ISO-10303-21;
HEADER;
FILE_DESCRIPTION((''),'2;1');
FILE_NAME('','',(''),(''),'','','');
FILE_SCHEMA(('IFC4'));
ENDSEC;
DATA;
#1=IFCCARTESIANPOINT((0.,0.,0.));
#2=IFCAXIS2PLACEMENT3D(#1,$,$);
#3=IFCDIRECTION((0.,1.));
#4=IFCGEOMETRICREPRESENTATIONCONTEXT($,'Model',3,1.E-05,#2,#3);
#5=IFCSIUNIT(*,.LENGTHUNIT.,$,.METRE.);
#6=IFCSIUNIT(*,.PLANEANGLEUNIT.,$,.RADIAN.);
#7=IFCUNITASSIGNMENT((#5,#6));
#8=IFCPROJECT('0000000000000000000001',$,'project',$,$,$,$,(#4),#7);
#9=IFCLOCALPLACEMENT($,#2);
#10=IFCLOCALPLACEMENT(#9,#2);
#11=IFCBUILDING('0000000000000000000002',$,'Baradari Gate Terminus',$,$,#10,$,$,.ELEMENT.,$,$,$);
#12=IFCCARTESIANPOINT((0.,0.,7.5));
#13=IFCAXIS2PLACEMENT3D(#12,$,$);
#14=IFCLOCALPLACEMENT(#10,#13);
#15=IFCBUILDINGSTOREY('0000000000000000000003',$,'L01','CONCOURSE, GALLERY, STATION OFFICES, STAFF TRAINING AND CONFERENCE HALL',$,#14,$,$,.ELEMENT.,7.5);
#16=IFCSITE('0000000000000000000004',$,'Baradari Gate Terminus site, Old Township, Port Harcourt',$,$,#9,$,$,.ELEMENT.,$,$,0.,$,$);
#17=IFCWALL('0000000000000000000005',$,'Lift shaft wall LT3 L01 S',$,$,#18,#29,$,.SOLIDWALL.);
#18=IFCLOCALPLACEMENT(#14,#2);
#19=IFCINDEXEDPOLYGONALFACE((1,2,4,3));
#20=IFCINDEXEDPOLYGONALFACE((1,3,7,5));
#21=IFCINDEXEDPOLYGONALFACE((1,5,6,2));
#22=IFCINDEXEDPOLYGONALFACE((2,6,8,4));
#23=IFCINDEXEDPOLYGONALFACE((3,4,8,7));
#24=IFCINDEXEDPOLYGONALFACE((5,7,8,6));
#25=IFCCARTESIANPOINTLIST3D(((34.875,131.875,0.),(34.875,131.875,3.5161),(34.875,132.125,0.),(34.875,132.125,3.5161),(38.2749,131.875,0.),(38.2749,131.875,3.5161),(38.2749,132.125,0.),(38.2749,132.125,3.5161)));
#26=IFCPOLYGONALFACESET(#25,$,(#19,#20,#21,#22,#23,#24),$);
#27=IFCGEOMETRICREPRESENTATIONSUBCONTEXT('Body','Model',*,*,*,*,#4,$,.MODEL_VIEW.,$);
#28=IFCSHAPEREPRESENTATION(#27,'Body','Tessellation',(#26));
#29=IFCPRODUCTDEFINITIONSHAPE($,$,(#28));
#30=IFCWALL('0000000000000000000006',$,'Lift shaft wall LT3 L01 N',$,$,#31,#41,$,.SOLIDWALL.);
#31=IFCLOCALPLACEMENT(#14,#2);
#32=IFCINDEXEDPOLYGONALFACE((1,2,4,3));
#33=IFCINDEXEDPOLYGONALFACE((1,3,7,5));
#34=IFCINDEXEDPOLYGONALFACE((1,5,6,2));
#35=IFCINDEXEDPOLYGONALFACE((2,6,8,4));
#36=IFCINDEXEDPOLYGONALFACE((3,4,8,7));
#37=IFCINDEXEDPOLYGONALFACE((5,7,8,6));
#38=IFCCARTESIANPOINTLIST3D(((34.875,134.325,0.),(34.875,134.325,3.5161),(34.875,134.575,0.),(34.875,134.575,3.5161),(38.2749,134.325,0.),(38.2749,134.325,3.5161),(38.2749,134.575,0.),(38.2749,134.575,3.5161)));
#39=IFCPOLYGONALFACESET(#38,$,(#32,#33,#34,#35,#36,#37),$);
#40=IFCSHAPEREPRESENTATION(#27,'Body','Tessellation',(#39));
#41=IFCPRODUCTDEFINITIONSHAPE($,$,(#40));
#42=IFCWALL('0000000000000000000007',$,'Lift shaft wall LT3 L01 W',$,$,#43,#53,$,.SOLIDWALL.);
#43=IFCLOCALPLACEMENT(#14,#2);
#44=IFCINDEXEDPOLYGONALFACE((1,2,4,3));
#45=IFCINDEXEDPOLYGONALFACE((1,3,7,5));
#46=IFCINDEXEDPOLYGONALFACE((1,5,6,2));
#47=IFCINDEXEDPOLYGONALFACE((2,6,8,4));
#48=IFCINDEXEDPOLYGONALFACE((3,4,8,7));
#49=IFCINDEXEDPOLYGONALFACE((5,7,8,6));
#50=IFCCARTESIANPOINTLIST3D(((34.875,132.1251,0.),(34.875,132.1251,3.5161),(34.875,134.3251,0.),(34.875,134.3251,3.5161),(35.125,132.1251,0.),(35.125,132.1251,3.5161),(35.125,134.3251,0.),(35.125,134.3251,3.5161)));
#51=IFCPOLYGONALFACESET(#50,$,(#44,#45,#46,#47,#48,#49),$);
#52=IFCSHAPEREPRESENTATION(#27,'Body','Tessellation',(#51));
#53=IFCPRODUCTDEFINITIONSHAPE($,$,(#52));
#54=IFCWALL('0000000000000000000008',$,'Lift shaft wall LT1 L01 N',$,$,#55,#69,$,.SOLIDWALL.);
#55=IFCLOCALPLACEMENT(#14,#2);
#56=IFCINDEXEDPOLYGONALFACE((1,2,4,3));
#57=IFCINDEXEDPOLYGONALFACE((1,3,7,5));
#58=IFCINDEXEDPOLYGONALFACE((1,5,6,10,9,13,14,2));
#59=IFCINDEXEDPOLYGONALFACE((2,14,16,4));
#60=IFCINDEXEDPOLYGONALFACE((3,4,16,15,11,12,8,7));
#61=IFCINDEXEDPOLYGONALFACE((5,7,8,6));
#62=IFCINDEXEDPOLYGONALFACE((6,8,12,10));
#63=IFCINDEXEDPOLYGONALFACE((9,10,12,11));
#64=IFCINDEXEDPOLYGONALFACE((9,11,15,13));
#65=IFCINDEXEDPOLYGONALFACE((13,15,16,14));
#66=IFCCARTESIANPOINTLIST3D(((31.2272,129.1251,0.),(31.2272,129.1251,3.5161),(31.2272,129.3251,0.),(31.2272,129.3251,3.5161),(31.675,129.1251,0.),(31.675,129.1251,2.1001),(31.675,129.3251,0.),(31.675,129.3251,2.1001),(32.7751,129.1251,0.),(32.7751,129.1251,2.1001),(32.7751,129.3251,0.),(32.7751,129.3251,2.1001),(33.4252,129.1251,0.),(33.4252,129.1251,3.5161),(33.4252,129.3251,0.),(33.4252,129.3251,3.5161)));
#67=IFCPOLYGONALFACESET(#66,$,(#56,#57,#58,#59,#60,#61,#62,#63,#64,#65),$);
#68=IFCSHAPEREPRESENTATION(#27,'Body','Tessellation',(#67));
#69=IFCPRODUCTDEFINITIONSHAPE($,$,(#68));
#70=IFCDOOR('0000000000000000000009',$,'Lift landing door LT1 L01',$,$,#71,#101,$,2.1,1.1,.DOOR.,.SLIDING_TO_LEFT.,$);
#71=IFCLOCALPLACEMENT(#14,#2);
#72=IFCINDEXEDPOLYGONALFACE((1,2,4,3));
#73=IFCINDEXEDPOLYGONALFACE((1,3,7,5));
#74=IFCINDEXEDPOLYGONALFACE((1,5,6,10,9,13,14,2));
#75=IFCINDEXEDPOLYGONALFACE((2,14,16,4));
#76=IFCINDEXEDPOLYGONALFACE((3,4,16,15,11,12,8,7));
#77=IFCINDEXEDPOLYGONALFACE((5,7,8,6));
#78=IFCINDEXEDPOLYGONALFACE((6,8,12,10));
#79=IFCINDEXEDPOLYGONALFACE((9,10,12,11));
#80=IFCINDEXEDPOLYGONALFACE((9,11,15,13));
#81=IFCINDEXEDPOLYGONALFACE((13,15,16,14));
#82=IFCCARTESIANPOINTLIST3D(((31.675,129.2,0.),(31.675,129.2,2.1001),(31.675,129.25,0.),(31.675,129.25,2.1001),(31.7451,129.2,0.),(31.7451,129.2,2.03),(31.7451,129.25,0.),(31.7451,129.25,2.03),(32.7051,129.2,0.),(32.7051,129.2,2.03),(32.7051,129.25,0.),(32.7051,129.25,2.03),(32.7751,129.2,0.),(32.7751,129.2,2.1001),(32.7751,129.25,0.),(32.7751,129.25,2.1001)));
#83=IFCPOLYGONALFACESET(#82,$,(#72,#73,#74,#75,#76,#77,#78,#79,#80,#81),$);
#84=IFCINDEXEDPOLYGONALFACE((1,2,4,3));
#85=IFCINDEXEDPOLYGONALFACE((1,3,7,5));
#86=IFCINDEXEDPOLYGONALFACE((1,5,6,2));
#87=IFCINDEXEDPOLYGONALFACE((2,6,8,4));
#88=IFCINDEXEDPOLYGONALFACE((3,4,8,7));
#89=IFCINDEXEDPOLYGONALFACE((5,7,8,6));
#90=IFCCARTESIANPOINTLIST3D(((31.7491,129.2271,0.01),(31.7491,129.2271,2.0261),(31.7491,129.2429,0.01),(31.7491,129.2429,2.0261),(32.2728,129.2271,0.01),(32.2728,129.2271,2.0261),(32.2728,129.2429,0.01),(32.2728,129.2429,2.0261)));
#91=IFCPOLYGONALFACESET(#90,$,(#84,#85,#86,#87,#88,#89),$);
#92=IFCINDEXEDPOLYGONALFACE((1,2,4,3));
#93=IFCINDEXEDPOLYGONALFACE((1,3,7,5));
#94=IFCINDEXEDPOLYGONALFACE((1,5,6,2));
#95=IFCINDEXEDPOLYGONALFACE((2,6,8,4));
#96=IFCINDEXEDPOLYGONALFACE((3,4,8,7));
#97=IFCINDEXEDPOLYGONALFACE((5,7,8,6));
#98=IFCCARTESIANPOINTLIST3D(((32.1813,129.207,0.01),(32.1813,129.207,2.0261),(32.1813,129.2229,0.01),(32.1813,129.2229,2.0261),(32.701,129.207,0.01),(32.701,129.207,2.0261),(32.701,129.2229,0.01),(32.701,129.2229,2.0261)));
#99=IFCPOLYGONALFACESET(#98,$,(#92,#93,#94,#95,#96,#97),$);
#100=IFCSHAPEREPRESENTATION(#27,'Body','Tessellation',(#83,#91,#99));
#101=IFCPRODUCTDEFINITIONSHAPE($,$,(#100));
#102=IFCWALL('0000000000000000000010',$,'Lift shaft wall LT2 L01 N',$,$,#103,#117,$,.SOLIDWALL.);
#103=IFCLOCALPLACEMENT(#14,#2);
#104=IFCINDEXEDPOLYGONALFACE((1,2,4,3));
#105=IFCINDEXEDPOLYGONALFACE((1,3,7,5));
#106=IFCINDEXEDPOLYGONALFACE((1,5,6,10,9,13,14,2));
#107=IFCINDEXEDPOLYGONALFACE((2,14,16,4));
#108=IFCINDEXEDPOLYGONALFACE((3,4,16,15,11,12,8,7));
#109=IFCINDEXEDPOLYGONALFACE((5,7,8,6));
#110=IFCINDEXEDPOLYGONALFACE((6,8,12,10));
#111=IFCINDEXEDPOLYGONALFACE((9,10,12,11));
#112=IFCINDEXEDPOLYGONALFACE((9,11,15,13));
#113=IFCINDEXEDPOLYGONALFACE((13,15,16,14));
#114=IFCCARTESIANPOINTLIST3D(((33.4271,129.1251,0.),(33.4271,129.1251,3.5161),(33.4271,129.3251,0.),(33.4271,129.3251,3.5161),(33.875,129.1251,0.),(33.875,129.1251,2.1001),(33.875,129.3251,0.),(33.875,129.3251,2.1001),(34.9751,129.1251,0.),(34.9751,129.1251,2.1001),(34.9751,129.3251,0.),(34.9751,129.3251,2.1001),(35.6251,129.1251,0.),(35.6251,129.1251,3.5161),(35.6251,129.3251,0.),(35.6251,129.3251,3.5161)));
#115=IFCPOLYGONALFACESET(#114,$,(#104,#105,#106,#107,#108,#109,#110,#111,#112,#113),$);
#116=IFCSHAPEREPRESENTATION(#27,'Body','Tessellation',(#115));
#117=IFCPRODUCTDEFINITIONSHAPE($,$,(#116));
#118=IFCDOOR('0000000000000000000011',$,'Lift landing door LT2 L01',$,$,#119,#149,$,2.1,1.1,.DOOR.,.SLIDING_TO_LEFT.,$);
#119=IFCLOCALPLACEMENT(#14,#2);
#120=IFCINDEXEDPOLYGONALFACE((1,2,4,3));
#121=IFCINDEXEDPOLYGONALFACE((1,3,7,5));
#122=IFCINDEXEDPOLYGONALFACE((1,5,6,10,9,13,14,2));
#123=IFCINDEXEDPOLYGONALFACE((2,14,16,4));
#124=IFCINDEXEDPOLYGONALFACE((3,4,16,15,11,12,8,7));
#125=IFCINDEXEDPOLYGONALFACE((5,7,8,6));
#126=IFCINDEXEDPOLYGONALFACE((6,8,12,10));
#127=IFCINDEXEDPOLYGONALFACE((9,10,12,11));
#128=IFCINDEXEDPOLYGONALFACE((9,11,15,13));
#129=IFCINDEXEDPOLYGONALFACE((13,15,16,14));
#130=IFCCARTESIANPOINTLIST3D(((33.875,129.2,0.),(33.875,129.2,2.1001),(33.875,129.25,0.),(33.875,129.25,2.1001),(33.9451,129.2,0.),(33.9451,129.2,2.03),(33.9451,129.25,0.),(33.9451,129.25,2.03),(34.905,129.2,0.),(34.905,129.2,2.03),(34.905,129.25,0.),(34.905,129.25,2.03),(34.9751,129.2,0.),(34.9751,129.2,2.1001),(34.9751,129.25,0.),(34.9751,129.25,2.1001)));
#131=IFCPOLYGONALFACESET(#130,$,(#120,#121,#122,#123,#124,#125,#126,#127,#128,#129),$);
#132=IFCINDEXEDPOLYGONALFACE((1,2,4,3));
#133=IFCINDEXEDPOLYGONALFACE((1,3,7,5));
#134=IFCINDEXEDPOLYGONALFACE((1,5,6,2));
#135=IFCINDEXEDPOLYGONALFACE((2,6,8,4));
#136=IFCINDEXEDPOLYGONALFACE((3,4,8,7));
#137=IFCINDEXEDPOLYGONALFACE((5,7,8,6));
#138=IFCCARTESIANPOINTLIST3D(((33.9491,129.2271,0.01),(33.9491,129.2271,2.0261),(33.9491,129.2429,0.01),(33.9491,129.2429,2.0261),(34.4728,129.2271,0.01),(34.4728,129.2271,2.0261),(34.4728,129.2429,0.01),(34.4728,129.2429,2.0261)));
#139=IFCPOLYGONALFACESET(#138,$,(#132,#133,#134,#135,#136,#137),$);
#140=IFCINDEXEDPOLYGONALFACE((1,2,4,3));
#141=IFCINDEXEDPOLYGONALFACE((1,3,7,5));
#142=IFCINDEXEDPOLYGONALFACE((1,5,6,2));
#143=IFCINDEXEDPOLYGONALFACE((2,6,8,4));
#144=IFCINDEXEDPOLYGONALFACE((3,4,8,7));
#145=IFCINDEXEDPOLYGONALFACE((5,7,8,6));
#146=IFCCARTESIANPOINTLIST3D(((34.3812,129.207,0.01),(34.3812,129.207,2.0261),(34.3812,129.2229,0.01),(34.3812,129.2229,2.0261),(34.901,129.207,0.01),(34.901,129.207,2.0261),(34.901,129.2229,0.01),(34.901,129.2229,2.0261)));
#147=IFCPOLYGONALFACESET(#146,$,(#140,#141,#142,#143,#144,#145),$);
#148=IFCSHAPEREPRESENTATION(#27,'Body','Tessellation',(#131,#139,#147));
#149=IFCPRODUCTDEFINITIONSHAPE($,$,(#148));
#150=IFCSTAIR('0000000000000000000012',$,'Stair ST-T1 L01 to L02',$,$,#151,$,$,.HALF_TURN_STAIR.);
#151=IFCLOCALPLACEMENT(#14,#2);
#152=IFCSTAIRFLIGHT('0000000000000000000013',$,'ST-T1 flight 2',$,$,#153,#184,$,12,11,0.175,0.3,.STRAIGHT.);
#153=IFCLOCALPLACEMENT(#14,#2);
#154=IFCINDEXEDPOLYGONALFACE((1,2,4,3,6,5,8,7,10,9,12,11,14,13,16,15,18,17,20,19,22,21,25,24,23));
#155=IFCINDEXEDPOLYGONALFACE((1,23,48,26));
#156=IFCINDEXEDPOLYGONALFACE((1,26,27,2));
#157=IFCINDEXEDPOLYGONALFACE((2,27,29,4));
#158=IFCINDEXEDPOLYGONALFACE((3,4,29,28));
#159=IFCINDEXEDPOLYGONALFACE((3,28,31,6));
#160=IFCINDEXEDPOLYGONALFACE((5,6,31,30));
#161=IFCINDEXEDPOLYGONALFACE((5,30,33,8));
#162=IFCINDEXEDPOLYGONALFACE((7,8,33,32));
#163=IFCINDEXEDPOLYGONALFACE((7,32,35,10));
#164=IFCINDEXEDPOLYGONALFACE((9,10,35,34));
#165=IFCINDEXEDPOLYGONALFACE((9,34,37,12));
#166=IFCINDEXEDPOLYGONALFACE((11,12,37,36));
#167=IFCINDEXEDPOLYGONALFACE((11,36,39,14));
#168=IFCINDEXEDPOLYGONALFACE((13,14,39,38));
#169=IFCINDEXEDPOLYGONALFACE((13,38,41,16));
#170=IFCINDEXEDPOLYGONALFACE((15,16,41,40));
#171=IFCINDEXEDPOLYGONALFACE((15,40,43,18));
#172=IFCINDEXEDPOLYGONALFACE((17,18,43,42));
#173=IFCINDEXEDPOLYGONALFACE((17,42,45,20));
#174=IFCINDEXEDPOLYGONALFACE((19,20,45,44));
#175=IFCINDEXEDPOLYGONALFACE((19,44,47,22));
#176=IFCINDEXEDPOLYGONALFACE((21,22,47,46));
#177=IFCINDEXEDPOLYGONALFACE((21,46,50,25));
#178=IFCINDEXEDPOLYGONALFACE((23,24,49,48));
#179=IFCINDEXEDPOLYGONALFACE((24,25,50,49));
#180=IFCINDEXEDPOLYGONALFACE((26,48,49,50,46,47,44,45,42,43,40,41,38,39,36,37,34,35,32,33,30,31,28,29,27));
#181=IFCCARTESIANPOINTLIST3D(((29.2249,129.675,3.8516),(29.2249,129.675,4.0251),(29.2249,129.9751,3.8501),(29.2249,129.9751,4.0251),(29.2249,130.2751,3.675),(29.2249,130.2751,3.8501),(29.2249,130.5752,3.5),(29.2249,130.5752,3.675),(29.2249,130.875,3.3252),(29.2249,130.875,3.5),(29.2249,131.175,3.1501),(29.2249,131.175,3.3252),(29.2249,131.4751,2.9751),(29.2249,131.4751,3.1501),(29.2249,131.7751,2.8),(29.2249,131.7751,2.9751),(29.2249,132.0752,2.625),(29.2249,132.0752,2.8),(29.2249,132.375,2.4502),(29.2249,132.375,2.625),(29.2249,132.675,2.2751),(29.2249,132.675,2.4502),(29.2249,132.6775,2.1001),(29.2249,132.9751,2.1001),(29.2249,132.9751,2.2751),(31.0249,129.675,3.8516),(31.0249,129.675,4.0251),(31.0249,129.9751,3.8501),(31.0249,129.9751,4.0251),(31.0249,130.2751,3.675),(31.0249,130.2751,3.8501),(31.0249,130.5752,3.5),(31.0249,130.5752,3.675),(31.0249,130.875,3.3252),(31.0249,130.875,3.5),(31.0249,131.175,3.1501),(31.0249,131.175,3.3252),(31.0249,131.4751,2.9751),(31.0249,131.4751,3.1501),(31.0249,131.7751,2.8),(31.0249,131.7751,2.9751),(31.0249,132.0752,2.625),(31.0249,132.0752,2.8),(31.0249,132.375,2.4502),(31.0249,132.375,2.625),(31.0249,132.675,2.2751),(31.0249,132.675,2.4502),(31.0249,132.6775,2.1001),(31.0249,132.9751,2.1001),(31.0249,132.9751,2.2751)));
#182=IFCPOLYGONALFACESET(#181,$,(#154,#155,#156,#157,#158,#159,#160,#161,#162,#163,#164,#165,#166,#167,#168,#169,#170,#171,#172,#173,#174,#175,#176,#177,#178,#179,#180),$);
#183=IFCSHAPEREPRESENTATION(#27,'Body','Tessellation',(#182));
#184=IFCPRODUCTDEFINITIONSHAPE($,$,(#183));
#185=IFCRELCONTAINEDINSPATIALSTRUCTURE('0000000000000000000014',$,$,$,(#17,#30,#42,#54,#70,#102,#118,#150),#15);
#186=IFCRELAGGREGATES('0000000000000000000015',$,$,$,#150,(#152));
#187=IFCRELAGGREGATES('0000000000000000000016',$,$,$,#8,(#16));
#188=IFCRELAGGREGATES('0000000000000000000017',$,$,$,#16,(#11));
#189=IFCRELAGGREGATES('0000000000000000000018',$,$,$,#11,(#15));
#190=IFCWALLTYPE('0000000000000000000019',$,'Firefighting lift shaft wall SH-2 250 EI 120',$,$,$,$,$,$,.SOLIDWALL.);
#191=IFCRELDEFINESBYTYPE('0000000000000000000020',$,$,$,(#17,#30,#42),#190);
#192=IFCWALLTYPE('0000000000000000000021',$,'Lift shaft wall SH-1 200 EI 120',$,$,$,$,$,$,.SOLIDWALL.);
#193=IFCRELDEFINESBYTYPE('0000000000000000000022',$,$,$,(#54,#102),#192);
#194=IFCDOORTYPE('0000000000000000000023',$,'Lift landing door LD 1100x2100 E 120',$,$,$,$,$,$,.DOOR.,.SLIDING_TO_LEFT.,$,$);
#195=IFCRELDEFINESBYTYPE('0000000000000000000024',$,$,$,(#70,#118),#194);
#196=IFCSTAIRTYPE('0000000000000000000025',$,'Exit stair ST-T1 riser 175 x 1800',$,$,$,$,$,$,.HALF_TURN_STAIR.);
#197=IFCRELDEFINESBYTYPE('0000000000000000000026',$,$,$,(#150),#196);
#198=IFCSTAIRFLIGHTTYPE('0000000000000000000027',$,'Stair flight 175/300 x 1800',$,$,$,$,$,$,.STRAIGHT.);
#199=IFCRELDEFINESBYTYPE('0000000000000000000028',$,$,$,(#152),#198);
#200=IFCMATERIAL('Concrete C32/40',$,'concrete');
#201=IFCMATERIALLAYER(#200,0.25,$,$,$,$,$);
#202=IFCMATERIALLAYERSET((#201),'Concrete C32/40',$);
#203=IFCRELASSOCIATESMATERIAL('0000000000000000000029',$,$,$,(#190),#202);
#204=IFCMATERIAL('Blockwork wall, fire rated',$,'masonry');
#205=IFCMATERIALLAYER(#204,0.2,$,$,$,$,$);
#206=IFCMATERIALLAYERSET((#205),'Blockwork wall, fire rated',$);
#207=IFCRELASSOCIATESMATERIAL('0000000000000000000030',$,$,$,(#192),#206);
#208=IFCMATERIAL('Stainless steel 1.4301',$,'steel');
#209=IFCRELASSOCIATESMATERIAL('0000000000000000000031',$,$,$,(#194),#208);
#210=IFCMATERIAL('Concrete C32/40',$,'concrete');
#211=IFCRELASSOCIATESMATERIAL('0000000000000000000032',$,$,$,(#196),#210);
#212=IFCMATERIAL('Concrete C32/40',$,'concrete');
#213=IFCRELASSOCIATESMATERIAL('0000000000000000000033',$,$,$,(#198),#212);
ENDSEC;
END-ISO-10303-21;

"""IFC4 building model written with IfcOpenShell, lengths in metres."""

from ifc_helpers import new_model, si_unit, direction, frame, frame_2d, origin, place, context, subcontext, project, spatial, polyline, rectangle, outline, extrude, material, layer, layer_set, type_object, element, fill, aggregate, save


model = new_model("IFC4")

# Units and contexts
model_context = context("Model", 3, precision=1e-05, world=origin(), true_north=direction((0.0, 1.0)))
body_context = subcontext(model_context, "Body", "Model", "MODEL_VIEW")
ifc_project = project(units=[si_unit("LENGTHUNIT", "METRE"), si_unit("PLANEANGLEUNIT", "RADIAN")], contexts=[model_context])

# Site, building, storey
site_placement = place(None, origin())
site = spatial("IfcSite", under=ifc_project, at=site_placement, Name="Baradari Gate Terminus site, Old Township, Port Harcourt", CompositionType="ELEMENT", RefElevation=0.0)
building_placement = place(site_placement, origin())
building = spatial("IfcBuilding", under=site, at=building_placement, Name="Baradari Gate Terminus", CompositionType="ELEMENT")
storey_placement = place(building_placement, frame((0.0, 0.0, 7.5)))
storey = spatial("IfcBuildingStorey", under=building, at=storey_placement, Name="L01", Description="CONCOURSE, GALLERY, STATION OFFICES, STAFF TRAINING AND CONFERENCE HALL", CompositionType="ELEMENT", Elevation=7.5)

# Walls
ifc_material_1 = material(Name="Concrete C32/40", Category="concrete")
ifc_layer_1 = layer(ifc_material_1, 0.25)
ifc_layer_set_1 = layer_set([ifc_layer_1], Name="Concrete C32/40")
wall_type_1 = type_object("IfcWallType", Name="Firefighting lift shaft wall SH-2 250 EI 120", PredefinedType="SOLIDWALL", material=ifc_layer_set_1)
for number, where, z_axis, x_axis, name in (
    (1, (34.875, 132.0, 0.0), (0.0, 0.0, 1.0), (1.0, 0.0, 0.0), "Lift shaft wall LT3 L01 S"),
    (2, (34.875, 134.45, 0.0), (0.0, 0.0, 1.0), (1.0, 0.0, 0.0), "Lift shaft wall LT3 L01 N"),
):
    element("IfcWall", number, at=place(storey_placement, frame(where, z_axis=z_axis, x_axis=x_axis)), inside=storey, type_object=wall_type_1, Name=name, PredefinedType="SOLIDWALL", context=body_context, shape_type="SweptSolid", body=[
        extrude(rectangle(XDim=3.3999, YDim=0.25, at=frame_2d((1.7, 0.0))), origin(), (0.0, 0.0, 1.0), 3.5161),
    ])
wall_1_placement = place(storey_placement, frame((35.0, 132.125, 0.0), z_axis=(0.0, 0.0, 1.0), x_axis=(0.0, 1.0, 0.0)))
element("IfcWall", 3, at=wall_1_placement, inside=storey, type_object=wall_type_1, Name="Lift shaft wall LT3 L01 W", PredefinedType="SOLIDWALL", context=body_context, shape_type="SweptSolid", body=[
    extrude(rectangle(XDim=2.2, YDim=0.25, at=frame_2d((1.1001, 0.0))), origin(), (0.0, 0.0, 1.0), 3.5161),
])

# Walls, openings, doors
ifc_material_2 = material(Name="Blockwork wall, fire rated", Category="masonry")
ifc_layer_2 = layer(ifc_material_2, 0.2)
ifc_layer_set_2 = layer_set([ifc_layer_2], Name="Blockwork wall, fire rated")
wall_type_2 = type_object("IfcWallType", Name="Lift shaft wall SH-1 200 EI 120", PredefinedType="SOLIDWALL", material=ifc_layer_set_2)
wall_2_placement = place(storey_placement, frame((31.2271, 129.2251, 0.0), z_axis=(0.0, 0.0, 1.0), x_axis=(1.0, 0.0, 0.0)))
wall_2 = element("IfcWall", 4, at=wall_2_placement, inside=storey, type_object=wall_type_2, Name="Lift shaft wall LT1 L01 N", PredefinedType="SOLIDWALL", context=body_context, shape_type="SweptSolid", body=[
    extrude(rectangle(XDim=2.198, YDim=0.2, at=frame_2d((1.0991, 0.0))), origin(), (0.0, 0.0, 1.0), 3.5161),
])
opening_1_placement = place(wall_2_placement, frame((0.448, 0.0, 0.0)))
opening_1 = element("IfcOpeningElement", 5, at=opening_1_placement, cuts=wall_2, PredefinedType="OPENING", context=body_context, shape_type="SweptSolid", body=[
    extrude(rectangle(XDim=1.1001, YDim=2.1001, at=frame_2d((0.55, 1.05))), frame((0.0, 0.1099, 0.0), z_axis=(0.0, -1.0, 0.0), x_axis=(1.0, 0.0, 0.0)), (0.0, 0.0, 1.0), 0.22),
])
ifc_material_3 = material(Name="Stainless steel 1.4301", Category="steel")
door_type = type_object("IfcDoorType", Name="Lift landing door LD 1100x2100 E 120", OperationType="SLIDING_TO_LEFT", PredefinedType="DOOR", material=ifc_material_3)
door_1_placement = place(opening_1_placement, origin())
door_1 = element("IfcDoor", 6, at=door_1_placement, inside=storey, type_object=door_type, Name="Lift landing door LT1 L01", OperationType="SLIDING_TO_LEFT", OverallHeight=2.1, OverallWidth=1.1, PredefinedType="DOOR", context=body_context, shape_type="SweptSolid", body=[
    extrude(outline(polyline([(0.0, 0.0), (0.0701, 0.0), (0.0701, 2.03), (1.03, 2.03), (1.03, 0.0), (1.1001, 0.0), (1.1001, 2.1001), (0.0, 2.1001), (0.0, 0.0)])), frame((0.0, 0.0249, 0.0), z_axis=(0.0, -1.0, 0.0), x_axis=(1.0, 0.0, 0.0)), (0.0, 0.0, 1.0), 0.05),
    extrude(rectangle(XDim=0.5237, YDim=2.0161, at=frame_2d((0.3359, 1.0181))), frame((0.0, 0.0178, 0.0), z_axis=(0.0, -1.0, 0.0), x_axis=(1.0, 0.0, 0.0)), (0.0, 0.0, 1.0), 0.0159),
    extrude(rectangle(XDim=0.5198, YDim=2.0161, at=frame_2d((0.7661, 1.0181))), frame((0.0, -0.0022, 0.0), z_axis=(0.0, -1.0, 0.0), x_axis=(1.0, 0.0, 0.0)), (0.0, 0.0, 1.0), 0.0159),
])
fill(opening_1, door_1)
wall_3_placement = place(storey_placement, frame((33.427, 129.2251, 0.0), z_axis=(0.0, 0.0, 1.0), x_axis=(1.0, 0.0, 0.0)))
wall_3 = element("IfcWall", 7, at=wall_3_placement, inside=storey, type_object=wall_type_2, Name="Lift shaft wall LT2 L01 N", PredefinedType="SOLIDWALL", context=body_context, shape_type="SweptSolid", body=[
    extrude(rectangle(XDim=2.198, YDim=0.2, at=frame_2d((1.0991, 0.0))), origin(), (0.0, 0.0, 1.0), 3.5161),
])
opening_2_placement = place(wall_3_placement, frame((0.448, 0.0, 0.0)))
opening_2 = element("IfcOpeningElement", 8, at=opening_2_placement, cuts=wall_3, PredefinedType="OPENING", context=body_context, shape_type="SweptSolid", body=[
    extrude(rectangle(XDim=1.1001, YDim=2.1001, at=frame_2d((0.55, 1.05))), frame((0.0, 0.1099, 0.0), z_axis=(0.0, -1.0, 0.0), x_axis=(1.0, 0.0, 0.0)), (0.0, 0.0, 1.0), 0.22),
])
door_2_placement = place(opening_2_placement, origin())
door_2 = element("IfcDoor", 9, at=door_2_placement, inside=storey, type_object=door_type, Name="Lift landing door LT2 L01", OperationType="SLIDING_TO_LEFT", OverallHeight=2.1, OverallWidth=1.1, PredefinedType="DOOR", context=body_context, shape_type="SweptSolid", body=[
    extrude(outline(polyline([(0.0, 0.0), (0.0701, 0.0), (0.0701, 2.03), (1.03, 2.03), (1.03, 0.0), (1.1001, 0.0), (1.1001, 2.1001), (0.0, 2.1001), (0.0, 0.0)])), frame((0.0, 0.0249, 0.0), z_axis=(0.0, -1.0, 0.0), x_axis=(1.0, 0.0, 0.0)), (0.0, 0.0, 1.0), 0.05),
    extrude(rectangle(XDim=0.5237, YDim=2.0161, at=frame_2d((0.3359, 1.0181))), frame((0.0, 0.0178, 0.0), z_axis=(0.0, -1.0, 0.0), x_axis=(1.0, 0.0, 0.0)), (0.0, 0.0, 1.0), 0.0159),
    extrude(rectangle(XDim=0.5198, YDim=2.0161, at=frame_2d((0.7661, 1.0181))), frame((0.0, -0.0022, 0.0), z_axis=(0.0, -1.0, 0.0), x_axis=(1.0, 0.0, 0.0)), (0.0, 0.0, 1.0), 0.0159),
])
fill(opening_2, door_2)

# Stair, stair flight
ifc_material_4 = material(Name="Concrete C32/40", Category="concrete")
stair_type = type_object("IfcStairType", Name="Exit stair ST-T1 riser 175 x 1800", PredefinedType="HALF_TURN_STAIR", material=ifc_material_4)
stair_placement = place(storey_placement, origin())
stair = element("IfcStair", 10, at=stair_placement, inside=storey, type_object=stair_type, Name="Stair ST-T1 L01 to L02", PredefinedType="HALF_TURN_STAIR")
ifc_material_5 = material(Name="Concrete C32/40", Category="concrete")
stair_flight_type = type_object("IfcStairFlightType", Name="Stair flight 175/300 x 1800", PredefinedType="STRAIGHT", material=ifc_material_5)
stair_flight_placement = place(storey_placement, frame((30.125, 132.9751, 2.1001), z_axis=(0.0, 0.0, 1.0), x_axis=(0.0, -1.0, 0.0)))
stair_flight = element("IfcStairFlight", 11, at=stair_flight_placement, type_object=stair_flight_type, Name="ST-T1 flight 2", NumberOfRisers=12, NumberOfTreads=11, PredefinedType="STRAIGHT", RiserHeight=0.175, TreadLength=0.3, context=body_context, shape_type="SweptSolid", body=[
    extrude(outline(polyline([(0.0, 0.0), (0.0, 0.175), (0.3, 0.175), (0.3, 0.3501), (0.6001, 0.3501), (0.6001, 0.5249), (0.8999, 0.5249), (0.8999, 0.7), (1.2, 0.7), (1.2, 0.875), (1.5, 0.875), (1.5, 1.05), (1.8, 1.05), (1.8, 1.2251), (2.1001, 1.2251), (2.1001, 1.3999), (2.3999, 1.3999), (2.3999, 1.575), (2.7, 1.575), (2.7, 1.75), (3.0, 1.75), (3.0, 1.925), (3.3, 1.925), (3.3, 2.1001), (3.3, 1.7515), (0.2976, 0.0), (0.0, 0.0)])), frame((0.0, 0.8999, 0.0), z_axis=(0.0, -1.0, 0.0), x_axis=(1.0, 0.0, 0.0)), (0.0, 0.0, 1.0), 1.8),
])
aggregate(stair, [stair_flight])

save(model, "model.ifc")
